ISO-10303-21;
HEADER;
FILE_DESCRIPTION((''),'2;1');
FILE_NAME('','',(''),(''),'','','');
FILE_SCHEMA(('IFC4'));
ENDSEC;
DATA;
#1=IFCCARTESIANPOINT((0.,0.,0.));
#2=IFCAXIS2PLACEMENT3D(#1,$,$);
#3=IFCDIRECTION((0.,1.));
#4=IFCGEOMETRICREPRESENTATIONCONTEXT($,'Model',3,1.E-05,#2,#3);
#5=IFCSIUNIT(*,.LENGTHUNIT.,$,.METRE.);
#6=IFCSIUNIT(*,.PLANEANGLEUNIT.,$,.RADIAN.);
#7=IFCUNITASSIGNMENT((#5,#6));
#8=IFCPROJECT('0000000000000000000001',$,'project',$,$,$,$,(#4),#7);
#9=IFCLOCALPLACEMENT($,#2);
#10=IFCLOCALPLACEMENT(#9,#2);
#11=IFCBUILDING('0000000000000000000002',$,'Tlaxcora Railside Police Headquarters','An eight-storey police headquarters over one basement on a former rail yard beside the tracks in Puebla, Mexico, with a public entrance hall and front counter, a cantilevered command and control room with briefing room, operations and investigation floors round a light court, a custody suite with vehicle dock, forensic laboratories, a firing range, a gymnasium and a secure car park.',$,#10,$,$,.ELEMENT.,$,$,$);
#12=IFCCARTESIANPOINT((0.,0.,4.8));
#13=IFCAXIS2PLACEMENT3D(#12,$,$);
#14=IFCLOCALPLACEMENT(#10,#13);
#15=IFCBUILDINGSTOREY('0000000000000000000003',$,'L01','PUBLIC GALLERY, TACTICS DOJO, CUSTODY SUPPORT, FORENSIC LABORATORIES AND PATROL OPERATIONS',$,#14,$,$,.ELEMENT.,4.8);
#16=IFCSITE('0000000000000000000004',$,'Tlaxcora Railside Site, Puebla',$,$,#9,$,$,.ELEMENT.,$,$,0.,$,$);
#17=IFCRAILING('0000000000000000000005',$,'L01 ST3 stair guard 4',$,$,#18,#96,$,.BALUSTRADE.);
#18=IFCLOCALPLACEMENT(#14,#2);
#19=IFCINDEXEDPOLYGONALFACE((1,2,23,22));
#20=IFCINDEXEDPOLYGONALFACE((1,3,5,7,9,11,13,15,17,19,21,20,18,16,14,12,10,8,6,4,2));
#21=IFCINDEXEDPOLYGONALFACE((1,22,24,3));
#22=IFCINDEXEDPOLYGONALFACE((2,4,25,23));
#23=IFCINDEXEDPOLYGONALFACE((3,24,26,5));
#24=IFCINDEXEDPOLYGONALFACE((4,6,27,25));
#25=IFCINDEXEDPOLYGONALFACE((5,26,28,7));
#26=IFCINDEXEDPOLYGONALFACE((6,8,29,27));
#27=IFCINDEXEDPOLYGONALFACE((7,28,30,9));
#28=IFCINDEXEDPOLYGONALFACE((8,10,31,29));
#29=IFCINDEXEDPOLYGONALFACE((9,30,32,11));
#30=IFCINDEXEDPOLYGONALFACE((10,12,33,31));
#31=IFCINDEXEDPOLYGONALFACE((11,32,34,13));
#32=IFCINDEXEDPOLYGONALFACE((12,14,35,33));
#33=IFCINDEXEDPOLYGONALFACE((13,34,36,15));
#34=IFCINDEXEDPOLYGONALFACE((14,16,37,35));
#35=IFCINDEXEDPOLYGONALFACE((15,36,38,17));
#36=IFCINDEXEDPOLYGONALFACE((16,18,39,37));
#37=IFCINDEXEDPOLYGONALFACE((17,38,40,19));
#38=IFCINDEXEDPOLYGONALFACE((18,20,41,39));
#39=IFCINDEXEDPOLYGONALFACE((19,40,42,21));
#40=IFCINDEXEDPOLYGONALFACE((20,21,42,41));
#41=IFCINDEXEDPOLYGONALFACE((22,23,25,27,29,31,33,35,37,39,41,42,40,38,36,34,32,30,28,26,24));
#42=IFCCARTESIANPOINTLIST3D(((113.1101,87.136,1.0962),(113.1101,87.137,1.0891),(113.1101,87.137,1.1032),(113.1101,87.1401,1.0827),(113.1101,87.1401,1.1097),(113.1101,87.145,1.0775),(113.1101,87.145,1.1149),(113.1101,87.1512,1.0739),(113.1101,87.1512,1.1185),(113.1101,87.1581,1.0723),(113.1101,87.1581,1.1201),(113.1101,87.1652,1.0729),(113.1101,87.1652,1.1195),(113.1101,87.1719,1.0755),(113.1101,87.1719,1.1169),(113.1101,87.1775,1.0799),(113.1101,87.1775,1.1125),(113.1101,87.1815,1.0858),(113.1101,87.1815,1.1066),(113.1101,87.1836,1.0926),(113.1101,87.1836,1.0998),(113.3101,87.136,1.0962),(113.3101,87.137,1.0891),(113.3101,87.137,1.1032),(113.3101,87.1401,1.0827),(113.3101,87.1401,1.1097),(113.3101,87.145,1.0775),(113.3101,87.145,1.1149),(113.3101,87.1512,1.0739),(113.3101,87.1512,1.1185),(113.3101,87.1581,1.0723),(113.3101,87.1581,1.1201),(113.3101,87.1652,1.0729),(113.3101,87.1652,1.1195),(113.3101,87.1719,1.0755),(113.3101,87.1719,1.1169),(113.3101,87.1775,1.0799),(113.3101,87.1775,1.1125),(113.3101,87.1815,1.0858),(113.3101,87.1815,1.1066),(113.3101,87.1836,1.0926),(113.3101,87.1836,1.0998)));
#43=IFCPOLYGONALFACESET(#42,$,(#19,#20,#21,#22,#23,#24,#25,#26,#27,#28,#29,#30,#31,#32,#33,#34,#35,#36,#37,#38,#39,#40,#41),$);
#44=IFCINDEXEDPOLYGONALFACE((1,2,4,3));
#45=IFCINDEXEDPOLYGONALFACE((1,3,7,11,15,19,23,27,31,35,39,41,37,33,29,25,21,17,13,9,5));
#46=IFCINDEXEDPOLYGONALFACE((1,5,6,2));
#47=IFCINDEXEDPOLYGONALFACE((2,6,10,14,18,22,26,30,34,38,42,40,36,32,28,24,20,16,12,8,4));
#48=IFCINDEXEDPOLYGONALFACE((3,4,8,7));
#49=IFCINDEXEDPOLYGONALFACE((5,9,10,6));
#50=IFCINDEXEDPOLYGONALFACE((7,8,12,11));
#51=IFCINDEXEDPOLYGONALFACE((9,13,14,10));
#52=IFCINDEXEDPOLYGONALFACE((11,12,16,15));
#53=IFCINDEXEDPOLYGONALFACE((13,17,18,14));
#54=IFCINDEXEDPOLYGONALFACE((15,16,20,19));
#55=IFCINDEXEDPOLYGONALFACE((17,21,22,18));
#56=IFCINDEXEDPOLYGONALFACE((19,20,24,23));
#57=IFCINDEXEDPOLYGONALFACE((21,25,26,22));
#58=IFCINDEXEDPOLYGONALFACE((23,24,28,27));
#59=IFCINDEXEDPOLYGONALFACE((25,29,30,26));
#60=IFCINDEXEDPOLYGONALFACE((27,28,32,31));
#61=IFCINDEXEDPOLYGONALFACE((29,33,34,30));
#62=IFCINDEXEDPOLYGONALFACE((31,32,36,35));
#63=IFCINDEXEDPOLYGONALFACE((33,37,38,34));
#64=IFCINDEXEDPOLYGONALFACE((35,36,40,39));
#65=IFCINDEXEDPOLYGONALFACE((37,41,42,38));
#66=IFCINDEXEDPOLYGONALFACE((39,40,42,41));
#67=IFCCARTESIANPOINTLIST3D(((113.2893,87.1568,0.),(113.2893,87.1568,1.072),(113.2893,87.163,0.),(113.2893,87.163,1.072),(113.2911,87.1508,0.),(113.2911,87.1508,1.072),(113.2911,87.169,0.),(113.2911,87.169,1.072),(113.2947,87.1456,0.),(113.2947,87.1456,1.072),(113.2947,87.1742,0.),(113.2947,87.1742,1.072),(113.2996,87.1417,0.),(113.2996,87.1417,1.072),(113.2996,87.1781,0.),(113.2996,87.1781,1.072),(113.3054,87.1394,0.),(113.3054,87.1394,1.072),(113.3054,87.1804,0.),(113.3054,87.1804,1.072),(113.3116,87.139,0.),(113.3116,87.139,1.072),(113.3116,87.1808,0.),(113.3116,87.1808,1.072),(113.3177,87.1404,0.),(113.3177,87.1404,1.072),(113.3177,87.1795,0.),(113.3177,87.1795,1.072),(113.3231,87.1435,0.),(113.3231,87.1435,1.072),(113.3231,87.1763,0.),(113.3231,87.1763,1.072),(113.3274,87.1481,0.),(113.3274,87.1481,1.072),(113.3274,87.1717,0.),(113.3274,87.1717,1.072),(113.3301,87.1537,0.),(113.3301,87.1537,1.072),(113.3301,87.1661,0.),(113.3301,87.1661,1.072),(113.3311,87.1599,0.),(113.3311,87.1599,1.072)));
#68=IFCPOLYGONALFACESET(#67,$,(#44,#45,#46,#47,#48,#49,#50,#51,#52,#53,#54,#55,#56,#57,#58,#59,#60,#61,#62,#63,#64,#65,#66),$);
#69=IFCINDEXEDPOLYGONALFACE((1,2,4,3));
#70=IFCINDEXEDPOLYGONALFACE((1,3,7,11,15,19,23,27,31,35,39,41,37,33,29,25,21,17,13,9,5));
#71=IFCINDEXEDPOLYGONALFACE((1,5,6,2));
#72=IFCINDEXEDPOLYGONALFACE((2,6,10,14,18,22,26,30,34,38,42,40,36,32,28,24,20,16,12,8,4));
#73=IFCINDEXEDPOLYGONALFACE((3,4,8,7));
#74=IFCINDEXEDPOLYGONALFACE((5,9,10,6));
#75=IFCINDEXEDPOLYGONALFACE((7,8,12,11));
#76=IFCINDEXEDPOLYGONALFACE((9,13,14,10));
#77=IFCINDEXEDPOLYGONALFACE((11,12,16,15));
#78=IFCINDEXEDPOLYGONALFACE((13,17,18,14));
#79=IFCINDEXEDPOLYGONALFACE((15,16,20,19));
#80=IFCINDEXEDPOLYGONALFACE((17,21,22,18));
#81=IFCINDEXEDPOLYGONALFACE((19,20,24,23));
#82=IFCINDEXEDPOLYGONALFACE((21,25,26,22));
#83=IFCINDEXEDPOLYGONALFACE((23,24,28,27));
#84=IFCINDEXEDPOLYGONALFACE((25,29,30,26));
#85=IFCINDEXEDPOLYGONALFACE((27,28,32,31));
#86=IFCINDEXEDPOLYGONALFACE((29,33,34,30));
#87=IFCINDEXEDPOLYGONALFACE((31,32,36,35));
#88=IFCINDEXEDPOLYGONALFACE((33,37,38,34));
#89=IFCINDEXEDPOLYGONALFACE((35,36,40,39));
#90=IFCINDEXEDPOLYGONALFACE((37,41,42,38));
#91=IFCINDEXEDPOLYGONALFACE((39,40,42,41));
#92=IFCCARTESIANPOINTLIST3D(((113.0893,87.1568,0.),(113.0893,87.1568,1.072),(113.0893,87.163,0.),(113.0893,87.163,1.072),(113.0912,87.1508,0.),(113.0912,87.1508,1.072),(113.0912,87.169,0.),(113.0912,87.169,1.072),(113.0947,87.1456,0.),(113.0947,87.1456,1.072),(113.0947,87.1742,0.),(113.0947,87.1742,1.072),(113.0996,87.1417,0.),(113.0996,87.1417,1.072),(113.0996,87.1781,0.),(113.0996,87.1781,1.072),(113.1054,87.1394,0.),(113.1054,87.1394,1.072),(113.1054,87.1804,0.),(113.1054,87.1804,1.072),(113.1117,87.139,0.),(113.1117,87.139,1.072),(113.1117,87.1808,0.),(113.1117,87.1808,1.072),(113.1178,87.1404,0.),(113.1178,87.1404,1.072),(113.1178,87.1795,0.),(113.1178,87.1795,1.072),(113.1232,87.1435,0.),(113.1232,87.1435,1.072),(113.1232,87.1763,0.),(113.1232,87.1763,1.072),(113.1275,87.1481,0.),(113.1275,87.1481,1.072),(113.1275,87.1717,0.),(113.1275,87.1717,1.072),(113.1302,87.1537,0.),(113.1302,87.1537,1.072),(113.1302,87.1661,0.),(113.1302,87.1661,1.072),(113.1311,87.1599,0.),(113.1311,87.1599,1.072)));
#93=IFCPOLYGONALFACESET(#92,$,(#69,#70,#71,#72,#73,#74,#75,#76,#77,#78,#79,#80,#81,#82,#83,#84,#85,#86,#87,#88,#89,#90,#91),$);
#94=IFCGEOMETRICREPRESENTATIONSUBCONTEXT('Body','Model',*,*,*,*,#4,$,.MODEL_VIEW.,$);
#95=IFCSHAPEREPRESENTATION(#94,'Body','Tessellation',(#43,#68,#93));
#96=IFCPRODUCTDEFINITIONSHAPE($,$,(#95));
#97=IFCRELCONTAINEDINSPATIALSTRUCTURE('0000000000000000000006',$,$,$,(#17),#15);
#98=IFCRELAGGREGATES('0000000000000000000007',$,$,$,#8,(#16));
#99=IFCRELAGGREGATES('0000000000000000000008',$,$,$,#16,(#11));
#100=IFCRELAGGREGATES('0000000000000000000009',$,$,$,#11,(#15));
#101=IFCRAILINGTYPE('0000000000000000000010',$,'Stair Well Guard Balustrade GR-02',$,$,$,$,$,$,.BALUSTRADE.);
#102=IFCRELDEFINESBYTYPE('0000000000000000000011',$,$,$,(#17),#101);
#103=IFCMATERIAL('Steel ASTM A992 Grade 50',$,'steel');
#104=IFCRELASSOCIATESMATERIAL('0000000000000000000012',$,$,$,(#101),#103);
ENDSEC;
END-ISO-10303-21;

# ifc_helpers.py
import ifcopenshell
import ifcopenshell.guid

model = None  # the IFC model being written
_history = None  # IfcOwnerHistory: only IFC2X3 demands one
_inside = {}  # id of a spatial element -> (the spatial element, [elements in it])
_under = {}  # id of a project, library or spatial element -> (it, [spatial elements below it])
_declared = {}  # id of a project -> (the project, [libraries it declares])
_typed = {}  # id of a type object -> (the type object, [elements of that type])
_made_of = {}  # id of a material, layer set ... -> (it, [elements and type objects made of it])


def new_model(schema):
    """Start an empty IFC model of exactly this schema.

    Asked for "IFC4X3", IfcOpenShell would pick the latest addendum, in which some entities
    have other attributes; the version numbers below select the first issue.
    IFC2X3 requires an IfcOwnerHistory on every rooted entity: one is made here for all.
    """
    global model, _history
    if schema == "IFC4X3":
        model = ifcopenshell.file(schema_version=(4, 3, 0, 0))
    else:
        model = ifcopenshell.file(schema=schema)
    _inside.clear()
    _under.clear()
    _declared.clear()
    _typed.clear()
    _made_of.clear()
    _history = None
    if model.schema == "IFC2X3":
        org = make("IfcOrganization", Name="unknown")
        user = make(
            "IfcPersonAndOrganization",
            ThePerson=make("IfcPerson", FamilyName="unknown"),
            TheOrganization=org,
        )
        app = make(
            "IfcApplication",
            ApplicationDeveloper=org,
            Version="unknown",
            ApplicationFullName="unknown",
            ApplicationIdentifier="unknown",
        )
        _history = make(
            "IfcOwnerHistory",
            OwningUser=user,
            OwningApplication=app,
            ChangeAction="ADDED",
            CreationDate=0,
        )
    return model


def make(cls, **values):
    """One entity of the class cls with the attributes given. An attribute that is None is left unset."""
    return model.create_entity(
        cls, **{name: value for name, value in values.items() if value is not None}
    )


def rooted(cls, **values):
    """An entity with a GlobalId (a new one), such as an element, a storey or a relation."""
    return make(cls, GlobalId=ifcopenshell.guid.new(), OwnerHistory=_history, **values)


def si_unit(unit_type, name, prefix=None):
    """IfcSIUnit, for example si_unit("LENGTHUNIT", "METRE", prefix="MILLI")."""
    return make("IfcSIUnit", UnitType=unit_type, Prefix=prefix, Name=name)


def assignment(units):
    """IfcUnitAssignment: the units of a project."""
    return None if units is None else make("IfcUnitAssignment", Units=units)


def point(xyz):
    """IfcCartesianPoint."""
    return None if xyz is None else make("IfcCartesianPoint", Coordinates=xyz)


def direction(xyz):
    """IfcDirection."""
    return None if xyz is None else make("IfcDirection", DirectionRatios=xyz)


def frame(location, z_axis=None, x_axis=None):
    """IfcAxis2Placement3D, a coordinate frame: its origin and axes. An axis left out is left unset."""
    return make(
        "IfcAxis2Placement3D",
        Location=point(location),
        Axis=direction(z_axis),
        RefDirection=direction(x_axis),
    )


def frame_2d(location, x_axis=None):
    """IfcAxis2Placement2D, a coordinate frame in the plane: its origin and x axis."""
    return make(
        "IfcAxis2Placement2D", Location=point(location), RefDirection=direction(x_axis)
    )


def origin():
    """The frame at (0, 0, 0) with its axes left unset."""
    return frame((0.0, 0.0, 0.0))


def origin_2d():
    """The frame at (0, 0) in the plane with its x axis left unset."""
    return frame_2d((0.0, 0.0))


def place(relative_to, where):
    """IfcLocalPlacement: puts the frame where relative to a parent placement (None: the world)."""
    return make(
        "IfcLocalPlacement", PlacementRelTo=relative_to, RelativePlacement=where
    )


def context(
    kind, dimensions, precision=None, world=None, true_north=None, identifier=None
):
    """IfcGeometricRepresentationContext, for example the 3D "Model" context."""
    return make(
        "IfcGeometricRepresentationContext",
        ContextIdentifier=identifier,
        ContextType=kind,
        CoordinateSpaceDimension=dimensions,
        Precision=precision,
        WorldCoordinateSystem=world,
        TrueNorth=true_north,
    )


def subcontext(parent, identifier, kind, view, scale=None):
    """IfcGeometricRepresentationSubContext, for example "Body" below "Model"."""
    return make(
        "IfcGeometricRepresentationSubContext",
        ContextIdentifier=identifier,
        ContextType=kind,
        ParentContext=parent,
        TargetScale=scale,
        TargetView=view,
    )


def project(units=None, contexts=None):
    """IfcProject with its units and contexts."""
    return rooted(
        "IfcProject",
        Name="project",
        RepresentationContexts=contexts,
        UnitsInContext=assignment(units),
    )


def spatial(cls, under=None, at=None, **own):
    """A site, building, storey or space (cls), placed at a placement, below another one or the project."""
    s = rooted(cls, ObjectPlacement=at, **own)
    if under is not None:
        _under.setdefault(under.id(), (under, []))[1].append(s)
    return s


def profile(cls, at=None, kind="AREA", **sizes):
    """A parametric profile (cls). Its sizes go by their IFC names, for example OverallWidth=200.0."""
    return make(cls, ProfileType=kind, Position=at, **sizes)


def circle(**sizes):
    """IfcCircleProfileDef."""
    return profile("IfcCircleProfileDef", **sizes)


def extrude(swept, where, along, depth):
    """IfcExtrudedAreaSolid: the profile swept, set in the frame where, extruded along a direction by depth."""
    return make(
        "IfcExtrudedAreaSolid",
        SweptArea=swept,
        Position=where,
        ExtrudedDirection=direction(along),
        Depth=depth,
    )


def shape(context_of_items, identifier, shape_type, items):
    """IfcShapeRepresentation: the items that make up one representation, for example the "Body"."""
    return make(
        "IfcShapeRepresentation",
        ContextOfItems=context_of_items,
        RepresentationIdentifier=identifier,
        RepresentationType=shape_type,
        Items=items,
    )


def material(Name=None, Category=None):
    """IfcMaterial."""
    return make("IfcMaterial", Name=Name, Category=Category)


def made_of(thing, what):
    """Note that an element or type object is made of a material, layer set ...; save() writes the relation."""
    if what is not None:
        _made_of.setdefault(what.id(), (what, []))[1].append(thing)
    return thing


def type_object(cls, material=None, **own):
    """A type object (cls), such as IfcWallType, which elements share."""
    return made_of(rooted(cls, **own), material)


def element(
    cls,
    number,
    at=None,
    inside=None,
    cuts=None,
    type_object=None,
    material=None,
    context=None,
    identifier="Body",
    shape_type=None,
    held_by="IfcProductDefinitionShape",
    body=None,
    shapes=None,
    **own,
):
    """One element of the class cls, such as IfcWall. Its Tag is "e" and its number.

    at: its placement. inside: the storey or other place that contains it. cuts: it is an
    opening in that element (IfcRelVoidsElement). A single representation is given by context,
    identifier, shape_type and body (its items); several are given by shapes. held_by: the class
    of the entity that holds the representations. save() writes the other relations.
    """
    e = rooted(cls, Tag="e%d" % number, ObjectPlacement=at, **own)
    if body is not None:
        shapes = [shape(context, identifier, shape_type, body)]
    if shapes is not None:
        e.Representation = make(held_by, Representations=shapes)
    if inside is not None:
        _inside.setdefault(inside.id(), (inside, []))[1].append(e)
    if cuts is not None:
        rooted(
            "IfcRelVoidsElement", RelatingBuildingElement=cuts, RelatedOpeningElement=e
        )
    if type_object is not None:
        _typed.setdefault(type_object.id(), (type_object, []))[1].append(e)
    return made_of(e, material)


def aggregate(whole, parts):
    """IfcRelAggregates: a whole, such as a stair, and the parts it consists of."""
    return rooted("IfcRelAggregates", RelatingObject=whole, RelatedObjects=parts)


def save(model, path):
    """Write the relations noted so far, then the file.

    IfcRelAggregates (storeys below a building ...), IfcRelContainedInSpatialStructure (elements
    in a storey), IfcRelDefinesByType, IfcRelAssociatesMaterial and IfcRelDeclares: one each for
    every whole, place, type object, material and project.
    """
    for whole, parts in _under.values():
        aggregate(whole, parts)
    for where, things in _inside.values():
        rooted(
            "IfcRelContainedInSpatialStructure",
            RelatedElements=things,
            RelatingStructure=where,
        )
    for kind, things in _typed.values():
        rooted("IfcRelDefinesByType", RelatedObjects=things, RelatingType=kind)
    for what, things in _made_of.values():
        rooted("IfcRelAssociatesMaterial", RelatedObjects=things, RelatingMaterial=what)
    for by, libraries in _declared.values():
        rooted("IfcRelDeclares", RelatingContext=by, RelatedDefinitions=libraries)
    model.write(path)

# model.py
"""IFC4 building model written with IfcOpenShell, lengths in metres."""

from ifc_helpers import new_model, si_unit, direction, frame, origin, origin_2d, place, context, subcontext, project, spatial, circle, extrude, material, type_object, element, save


model = new_model("IFC4")

# Units and contexts
model_context = context("Model", 3, precision=1e-05, world=origin(), true_north=direction((0.0, 1.0)))
body_context = subcontext(model_context, "Body", "Model", "MODEL_VIEW")
ifc_project = project(units=[si_unit("LENGTHUNIT", "METRE"), si_unit("PLANEANGLEUNIT", "RADIAN")], contexts=[model_context])

# Site, building, storey
site_placement = place(None, origin())
site = spatial("IfcSite", under=ifc_project, at=site_placement, Name="Tlaxcora Railside Site, Puebla", CompositionType="ELEMENT", RefElevation=0.0)
building_placement = place(site_placement, origin())
building = spatial("IfcBuilding", under=site, at=building_placement, Name="Tlaxcora Railside Police Headquarters", Description="An eight-storey police headquarters over one basement on a former rail yard beside the tracks in Puebla, Mexico, with a public entrance hall and front counter, a cantilevered command and control room with briefing room, operations and investigation floors round a light court, a custody suite with vehicle dock, forensic laboratories, a firing range, a gymnasium and a secure car park.", CompositionType="ELEMENT")
storey_placement = place(building_placement, frame((0.0, 0.0, 4.8)))
storey = spatial("IfcBuildingStorey", under=building, at=storey_placement, Name="L01", Description="PUBLIC GALLERY, TACTICS DOJO, CUSTODY SUPPORT, FORENSIC LABORATORIES AND PATROL OPERATIONS", CompositionType="ELEMENT", Elevation=4.8)

# Shared definitions
ifc_material_1 = material(Name="Steel ASTM A992 Grade 50", Category="steel")

# Railing
railing_type_1 = type_object("IfcRailingType", Name="Stair Well Guard Balustrade GR-02", PredefinedType="BALUSTRADE", material=ifc_material_1)
railing_1_placement = place(storey_placement, frame((113.3101, 87.1599, 0.0)))
element("IfcRailing", 1, at=railing_1_placement, inside=storey, type_object=railing_type_1, Name="L01 ST3 stair guard 4", PredefinedType="BALUSTRADE", context=body_context, shape_type="SweptSolid", body=[
    extrude(circle(Radius=0.0239, at=origin_2d()), frame((0.0, 0.0, 1.0962), z_axis=(-1.0, 0.0, 0.0), x_axis=(0.0, -1.0, 0.0)), (0.0, 0.0, 1.0), 0.2),
    extrude(circle(Radius=0.021, at=origin_2d()), origin(), (0.0, 0.0, 1.0), 1.072),
    extrude(circle(Radius=0.021, at=origin_2d()), frame((-0.2, 0.0, 0.0)), (0.0, 0.0, 1.0), 1.072),
])

save(model, "model.ifc")
